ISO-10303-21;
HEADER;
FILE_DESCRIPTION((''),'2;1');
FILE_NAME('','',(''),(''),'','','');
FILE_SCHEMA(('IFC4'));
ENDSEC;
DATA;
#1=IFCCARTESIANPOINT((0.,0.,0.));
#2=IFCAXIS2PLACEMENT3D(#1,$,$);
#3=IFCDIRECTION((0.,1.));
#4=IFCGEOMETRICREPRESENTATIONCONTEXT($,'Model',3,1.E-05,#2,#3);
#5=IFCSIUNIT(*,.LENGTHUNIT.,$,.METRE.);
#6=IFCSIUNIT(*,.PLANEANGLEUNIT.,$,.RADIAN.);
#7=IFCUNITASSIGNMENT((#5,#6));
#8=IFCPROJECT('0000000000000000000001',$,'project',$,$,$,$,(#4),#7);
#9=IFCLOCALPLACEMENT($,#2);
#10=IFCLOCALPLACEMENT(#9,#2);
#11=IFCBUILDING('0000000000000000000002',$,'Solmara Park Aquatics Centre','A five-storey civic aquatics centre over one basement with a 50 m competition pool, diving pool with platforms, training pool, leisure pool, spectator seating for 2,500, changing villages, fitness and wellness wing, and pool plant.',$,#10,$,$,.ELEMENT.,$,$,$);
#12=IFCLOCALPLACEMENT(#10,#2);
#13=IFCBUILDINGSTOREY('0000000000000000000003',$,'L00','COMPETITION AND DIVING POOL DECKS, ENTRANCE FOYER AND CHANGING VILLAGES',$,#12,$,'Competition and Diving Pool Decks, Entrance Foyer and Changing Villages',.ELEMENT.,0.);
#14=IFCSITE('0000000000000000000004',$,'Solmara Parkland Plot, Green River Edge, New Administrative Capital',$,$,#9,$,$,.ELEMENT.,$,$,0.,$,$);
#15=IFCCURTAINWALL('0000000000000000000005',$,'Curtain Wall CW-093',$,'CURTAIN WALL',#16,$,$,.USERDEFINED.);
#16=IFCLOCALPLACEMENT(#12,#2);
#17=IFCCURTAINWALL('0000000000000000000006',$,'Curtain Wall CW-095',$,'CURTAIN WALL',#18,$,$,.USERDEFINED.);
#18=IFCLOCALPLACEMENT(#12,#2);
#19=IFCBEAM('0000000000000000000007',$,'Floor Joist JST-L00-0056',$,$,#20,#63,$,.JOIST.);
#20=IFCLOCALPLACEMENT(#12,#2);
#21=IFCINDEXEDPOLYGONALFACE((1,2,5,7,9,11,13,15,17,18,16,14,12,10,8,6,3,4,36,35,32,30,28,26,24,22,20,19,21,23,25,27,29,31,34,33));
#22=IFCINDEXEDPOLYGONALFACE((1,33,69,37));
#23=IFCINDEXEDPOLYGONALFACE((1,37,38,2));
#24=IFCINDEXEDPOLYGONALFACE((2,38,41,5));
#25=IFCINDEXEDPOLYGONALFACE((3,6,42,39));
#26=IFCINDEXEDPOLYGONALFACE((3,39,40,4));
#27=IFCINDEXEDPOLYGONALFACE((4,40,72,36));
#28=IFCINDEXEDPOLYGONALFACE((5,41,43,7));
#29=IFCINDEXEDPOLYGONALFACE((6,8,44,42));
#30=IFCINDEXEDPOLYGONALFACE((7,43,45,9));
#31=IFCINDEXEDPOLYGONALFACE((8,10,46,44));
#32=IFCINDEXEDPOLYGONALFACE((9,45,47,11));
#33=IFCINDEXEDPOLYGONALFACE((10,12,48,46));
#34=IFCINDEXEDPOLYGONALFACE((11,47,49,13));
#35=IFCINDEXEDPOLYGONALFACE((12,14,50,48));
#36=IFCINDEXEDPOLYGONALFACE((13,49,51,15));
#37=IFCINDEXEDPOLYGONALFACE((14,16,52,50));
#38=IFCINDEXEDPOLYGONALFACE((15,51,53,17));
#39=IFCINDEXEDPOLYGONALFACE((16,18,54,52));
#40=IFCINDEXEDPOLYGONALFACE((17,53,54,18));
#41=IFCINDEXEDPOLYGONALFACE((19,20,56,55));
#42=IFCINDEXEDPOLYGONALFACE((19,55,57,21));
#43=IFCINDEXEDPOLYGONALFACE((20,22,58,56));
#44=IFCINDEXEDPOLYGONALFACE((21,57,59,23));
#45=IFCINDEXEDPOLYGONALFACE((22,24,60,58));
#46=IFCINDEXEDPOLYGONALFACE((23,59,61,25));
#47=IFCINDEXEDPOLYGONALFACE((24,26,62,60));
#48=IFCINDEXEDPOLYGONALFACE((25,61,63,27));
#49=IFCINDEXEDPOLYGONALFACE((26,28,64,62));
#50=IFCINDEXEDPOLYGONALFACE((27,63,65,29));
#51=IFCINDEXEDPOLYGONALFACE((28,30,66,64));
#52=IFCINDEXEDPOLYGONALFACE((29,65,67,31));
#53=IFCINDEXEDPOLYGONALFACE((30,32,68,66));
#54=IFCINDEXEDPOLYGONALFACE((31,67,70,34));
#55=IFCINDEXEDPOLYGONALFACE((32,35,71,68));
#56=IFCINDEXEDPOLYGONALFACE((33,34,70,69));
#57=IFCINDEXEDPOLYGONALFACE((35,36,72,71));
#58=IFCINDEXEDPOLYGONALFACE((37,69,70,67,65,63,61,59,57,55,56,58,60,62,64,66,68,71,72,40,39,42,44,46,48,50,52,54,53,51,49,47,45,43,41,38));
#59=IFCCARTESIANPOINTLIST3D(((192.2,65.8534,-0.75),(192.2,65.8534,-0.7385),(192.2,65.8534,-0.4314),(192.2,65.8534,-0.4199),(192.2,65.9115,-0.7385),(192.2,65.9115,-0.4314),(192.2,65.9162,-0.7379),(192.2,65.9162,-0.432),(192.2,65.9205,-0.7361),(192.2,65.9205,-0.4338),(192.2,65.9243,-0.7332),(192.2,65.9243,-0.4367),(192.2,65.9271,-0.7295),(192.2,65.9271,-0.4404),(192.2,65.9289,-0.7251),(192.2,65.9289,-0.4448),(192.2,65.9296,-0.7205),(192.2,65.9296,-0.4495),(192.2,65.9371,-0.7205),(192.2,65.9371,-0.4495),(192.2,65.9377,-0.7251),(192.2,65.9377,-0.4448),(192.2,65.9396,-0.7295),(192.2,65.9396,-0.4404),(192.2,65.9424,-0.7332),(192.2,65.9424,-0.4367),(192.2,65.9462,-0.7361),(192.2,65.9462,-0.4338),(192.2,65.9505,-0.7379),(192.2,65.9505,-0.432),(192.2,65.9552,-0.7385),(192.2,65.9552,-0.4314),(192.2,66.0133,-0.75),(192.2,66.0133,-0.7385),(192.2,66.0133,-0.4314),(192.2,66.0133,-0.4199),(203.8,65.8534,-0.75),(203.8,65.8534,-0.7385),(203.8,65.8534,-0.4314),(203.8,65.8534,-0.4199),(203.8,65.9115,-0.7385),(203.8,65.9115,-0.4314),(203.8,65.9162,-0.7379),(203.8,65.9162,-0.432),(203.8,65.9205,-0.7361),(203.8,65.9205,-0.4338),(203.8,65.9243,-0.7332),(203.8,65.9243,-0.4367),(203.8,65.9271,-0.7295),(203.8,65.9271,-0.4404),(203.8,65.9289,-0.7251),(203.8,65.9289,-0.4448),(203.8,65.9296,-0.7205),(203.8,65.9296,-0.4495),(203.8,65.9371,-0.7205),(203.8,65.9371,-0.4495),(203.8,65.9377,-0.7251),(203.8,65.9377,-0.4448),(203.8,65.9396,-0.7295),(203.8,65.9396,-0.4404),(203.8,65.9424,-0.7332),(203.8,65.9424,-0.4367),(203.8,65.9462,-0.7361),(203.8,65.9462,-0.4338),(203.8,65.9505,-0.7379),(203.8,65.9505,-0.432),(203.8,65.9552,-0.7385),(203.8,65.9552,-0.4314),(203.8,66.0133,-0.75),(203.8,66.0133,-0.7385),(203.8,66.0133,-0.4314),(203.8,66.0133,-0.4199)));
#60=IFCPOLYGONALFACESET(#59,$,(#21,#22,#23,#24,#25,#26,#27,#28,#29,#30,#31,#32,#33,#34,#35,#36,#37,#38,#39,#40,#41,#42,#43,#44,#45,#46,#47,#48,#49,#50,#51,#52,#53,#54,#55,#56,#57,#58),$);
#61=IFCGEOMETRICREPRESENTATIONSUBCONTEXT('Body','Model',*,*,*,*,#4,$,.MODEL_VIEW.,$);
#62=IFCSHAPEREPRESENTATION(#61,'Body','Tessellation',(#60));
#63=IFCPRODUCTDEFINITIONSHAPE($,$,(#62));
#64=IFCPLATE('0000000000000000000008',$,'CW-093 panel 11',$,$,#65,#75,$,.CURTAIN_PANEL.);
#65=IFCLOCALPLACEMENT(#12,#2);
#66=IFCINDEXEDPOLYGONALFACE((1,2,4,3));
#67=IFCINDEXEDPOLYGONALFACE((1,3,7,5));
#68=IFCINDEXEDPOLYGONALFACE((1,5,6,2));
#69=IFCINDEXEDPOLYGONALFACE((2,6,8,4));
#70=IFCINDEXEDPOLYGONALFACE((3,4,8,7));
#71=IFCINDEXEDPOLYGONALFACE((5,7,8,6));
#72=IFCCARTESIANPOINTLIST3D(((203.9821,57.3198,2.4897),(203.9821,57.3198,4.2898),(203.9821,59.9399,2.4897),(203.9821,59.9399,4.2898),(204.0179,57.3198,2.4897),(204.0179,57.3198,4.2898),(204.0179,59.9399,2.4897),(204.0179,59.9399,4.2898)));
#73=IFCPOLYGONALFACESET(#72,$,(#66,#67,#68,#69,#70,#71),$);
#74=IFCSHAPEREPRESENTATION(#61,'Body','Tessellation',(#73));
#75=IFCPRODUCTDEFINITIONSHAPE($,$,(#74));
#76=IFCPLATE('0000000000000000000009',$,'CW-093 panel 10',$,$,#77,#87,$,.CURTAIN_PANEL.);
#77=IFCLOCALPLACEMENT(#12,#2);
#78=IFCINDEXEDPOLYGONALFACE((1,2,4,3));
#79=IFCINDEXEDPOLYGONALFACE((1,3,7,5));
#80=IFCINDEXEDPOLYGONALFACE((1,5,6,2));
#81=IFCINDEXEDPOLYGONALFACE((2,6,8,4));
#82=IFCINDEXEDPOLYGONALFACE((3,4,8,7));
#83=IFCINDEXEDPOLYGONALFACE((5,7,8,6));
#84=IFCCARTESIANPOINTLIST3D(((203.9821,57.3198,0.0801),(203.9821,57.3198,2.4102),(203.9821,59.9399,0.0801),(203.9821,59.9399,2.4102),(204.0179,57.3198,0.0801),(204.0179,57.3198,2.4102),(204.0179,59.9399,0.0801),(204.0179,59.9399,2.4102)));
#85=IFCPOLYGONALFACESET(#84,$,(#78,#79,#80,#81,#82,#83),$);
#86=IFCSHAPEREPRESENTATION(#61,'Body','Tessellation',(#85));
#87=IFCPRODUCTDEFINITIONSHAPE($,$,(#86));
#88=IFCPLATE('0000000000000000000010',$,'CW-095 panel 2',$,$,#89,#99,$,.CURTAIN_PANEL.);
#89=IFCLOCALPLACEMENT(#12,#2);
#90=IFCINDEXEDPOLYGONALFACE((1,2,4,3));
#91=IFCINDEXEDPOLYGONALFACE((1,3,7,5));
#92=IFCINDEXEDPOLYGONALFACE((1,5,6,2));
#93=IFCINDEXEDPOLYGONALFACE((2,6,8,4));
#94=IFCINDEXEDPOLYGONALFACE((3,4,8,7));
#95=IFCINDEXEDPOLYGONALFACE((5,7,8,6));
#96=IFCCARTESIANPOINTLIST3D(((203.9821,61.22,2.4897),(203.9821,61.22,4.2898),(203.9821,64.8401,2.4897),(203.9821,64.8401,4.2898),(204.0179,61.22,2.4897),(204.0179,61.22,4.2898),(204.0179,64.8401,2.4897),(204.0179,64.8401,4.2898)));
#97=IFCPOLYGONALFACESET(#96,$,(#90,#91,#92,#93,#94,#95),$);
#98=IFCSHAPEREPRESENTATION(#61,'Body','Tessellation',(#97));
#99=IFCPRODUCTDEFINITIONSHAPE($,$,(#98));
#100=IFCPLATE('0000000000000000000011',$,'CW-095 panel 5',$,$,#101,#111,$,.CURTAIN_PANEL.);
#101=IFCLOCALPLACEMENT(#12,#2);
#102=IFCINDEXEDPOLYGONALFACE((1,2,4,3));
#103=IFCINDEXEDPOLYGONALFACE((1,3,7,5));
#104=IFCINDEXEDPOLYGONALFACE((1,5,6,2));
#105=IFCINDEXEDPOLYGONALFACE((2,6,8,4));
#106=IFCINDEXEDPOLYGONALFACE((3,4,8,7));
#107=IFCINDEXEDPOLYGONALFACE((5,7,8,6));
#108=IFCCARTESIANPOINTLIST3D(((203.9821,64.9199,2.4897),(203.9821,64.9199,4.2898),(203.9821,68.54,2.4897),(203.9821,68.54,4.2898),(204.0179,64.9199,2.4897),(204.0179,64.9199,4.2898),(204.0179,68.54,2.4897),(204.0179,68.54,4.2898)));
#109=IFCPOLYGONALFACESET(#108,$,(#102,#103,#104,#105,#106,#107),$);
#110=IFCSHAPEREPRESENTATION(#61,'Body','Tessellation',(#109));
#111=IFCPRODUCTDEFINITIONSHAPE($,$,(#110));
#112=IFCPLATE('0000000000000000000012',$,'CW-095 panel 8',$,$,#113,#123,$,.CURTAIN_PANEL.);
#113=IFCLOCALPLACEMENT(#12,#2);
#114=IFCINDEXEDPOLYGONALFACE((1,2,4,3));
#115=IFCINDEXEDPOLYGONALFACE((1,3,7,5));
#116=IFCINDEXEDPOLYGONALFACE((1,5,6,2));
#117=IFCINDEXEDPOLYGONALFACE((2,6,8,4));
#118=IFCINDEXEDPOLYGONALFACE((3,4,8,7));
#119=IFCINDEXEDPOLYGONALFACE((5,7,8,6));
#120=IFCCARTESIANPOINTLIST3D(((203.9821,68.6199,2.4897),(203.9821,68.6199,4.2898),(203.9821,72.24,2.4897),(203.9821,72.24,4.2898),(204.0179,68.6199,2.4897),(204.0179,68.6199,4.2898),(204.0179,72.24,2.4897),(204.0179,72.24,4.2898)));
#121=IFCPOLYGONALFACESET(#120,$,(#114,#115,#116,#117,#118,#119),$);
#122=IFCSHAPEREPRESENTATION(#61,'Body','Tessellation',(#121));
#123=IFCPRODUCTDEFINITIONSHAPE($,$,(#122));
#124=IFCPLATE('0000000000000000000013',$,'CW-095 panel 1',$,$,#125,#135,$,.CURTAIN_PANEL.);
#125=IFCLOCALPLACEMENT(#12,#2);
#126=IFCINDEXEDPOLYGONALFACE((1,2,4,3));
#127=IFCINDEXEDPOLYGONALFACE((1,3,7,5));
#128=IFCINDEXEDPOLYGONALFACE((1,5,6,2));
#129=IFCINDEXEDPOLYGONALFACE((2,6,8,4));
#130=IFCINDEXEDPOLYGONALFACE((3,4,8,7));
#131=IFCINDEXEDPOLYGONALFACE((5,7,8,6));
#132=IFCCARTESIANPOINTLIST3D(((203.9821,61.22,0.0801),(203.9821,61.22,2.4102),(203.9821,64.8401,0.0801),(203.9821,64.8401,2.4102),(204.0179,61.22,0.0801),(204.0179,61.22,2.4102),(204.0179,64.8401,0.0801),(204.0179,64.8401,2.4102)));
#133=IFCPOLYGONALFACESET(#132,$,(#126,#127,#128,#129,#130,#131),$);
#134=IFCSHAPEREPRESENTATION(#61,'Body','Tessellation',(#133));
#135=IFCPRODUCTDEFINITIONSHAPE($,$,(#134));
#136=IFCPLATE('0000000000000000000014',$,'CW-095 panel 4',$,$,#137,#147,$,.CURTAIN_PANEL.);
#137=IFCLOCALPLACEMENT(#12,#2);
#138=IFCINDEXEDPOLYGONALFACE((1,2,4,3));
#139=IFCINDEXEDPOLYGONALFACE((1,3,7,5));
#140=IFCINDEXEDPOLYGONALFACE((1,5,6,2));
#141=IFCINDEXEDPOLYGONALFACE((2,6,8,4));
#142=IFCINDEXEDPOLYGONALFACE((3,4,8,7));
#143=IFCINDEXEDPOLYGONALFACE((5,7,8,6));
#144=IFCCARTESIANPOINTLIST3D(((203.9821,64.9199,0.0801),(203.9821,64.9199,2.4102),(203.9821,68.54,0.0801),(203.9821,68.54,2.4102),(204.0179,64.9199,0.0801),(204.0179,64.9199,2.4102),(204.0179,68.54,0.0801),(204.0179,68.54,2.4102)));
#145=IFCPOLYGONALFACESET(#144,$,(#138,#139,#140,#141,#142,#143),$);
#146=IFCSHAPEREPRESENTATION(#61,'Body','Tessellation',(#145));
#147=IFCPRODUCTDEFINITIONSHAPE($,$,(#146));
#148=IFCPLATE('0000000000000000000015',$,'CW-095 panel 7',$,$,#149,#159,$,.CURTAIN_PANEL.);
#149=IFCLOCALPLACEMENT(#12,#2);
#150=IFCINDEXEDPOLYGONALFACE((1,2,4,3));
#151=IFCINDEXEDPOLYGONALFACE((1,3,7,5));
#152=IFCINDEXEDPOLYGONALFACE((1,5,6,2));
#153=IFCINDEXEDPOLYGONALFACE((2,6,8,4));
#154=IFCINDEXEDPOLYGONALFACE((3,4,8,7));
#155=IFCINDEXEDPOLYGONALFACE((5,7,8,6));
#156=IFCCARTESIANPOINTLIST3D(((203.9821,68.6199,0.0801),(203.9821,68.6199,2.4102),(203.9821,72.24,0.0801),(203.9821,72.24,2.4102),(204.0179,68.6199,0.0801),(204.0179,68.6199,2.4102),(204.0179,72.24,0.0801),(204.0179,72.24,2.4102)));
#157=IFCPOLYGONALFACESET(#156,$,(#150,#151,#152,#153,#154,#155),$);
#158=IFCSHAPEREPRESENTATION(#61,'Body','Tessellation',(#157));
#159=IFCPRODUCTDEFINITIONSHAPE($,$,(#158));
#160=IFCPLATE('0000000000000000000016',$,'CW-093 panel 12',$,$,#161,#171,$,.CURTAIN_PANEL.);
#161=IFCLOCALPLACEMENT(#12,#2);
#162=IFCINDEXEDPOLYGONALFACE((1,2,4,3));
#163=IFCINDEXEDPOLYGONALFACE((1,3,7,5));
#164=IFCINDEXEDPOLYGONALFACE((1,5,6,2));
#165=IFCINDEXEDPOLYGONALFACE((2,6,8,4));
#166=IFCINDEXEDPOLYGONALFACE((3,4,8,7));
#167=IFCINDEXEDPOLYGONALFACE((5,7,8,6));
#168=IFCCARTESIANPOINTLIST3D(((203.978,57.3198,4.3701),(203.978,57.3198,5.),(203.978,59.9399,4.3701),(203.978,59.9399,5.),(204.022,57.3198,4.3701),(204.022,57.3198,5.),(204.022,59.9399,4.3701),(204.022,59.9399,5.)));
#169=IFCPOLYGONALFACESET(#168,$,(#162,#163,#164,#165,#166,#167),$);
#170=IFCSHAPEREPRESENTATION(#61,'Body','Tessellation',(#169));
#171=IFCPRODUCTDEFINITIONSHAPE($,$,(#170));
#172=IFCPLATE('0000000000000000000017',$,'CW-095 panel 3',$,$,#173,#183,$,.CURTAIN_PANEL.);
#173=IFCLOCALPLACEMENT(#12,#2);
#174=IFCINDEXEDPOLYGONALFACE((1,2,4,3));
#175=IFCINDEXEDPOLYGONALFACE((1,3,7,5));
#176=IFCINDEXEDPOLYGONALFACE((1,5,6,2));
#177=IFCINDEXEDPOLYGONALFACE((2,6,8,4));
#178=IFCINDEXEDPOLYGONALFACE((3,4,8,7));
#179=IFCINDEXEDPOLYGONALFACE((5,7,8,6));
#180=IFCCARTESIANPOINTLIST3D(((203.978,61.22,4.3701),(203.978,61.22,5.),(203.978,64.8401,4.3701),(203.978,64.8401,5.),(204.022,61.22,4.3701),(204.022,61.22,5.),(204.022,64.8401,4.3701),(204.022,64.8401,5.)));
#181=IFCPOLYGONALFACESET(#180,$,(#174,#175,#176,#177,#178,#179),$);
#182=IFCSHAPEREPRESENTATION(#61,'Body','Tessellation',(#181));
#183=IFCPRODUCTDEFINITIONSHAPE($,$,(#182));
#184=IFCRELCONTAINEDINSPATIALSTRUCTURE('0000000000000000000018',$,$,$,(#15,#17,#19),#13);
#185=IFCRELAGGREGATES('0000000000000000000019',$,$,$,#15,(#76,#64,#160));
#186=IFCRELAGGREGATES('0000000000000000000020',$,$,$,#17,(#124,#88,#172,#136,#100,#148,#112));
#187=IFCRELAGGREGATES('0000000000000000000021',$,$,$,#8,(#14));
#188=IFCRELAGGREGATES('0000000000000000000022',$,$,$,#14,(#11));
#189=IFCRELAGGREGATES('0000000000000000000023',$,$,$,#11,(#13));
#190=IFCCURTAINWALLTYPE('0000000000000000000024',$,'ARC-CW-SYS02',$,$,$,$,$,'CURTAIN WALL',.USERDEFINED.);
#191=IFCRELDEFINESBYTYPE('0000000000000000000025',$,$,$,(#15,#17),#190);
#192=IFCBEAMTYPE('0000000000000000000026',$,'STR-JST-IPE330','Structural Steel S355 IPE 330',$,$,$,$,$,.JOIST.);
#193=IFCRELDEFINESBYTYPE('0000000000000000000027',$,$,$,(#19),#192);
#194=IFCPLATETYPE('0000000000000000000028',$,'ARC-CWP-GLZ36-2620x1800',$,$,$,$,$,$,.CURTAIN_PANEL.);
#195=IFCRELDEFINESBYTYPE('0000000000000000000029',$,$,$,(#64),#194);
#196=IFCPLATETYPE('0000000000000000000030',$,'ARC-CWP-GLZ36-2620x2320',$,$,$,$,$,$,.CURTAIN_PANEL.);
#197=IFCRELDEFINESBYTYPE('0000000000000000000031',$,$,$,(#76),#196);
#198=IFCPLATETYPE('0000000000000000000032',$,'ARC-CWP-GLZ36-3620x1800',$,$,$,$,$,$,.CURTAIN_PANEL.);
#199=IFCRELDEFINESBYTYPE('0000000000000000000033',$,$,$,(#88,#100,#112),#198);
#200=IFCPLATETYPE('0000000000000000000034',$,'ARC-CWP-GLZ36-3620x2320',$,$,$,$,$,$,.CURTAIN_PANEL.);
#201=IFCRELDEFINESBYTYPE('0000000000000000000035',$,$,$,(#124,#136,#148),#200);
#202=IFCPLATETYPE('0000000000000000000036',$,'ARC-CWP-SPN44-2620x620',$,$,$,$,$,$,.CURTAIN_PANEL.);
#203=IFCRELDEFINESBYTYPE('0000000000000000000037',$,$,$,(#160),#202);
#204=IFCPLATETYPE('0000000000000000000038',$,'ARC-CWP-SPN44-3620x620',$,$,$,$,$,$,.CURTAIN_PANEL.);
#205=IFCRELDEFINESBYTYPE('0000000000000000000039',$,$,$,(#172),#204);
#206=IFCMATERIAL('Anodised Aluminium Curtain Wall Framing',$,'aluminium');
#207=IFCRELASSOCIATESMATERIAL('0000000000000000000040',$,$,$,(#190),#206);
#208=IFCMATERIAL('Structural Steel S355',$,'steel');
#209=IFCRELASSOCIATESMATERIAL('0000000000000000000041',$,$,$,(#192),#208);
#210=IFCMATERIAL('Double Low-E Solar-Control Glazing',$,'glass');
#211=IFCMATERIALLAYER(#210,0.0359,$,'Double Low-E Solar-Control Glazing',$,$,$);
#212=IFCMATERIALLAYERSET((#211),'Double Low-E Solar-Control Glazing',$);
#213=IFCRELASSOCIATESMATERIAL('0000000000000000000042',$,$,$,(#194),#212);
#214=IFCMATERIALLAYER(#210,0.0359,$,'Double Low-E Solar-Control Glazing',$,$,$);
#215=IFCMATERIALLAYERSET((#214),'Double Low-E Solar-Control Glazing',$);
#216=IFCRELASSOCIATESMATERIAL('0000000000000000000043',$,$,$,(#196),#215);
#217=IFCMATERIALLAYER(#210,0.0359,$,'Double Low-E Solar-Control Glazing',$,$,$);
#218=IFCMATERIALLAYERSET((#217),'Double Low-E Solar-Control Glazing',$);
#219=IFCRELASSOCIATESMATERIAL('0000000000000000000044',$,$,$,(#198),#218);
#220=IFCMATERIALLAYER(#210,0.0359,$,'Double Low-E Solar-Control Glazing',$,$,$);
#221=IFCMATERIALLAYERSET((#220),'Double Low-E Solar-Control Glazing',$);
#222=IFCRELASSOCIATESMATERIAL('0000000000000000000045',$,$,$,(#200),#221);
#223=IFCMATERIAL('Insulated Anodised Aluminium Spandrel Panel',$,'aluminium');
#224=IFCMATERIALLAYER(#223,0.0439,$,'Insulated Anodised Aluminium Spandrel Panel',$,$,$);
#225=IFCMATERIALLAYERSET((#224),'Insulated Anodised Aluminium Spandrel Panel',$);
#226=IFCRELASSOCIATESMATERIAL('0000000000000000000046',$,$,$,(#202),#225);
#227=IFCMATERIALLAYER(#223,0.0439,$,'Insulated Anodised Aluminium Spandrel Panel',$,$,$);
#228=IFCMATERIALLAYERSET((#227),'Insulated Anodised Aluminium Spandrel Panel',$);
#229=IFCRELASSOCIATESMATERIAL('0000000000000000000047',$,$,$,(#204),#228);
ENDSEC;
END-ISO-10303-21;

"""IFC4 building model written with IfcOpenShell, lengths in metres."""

from ifc_helpers import new_model, si_unit, direction, frame, origin, origin_2d, place, context, subcontext, project, spatial, rectangle, i_section, extrude, material, layer, layer_set, material_profile, profile_set, type_object, element, aggregate, save


model = new_model("IFC4")

# Units and contexts
model_context = context("Model", 3, precision=1e-05, world=origin(), true_north=direction((0.0, 1.0)))
body_context = subcontext(model_context, "Body", "Model", "MODEL_VIEW")
ifc_project = project(units=[si_unit("LENGTHUNIT", "METRE"), si_unit("PLANEANGLEUNIT", "RADIAN")], contexts=[model_context])

# Site, building, storey
site_placement = place(None, origin())
site = spatial("IfcSite", under=ifc_project, at=site_placement, Name="Solmara Parkland Plot, Green River Edge, New Administrative Capital", CompositionType="ELEMENT", RefElevation=0.0)
building_placement = place(site_placement, origin())
building = spatial("IfcBuilding", under=site, at=building_placement, Name="Solmara Park Aquatics Centre", Description="A five-storey civic aquatics centre over one basement with a 50 m competition pool, diving pool with platforms, training pool, leisure pool, spectator seating for 2,500, changing villages, fitness and wellness wing, and pool plant.", CompositionType="ELEMENT")
storey_placement = place(building_placement, origin())
storey = spatial("IfcBuildingStorey", under=building, at=storey_placement, Name="L00", Description="COMPETITION AND DIVING POOL DECKS, ENTRANCE FOYER AND CHANGING VILLAGES", LongName="Competition and Diving Pool Decks, Entrance Foyer and Changing Villages", CompositionType="ELEMENT", Elevation=0.0)

# Curtain wall
ifc_material_1 = material(Name="Anodised Aluminium Curtain Wall Framing", Category="aluminium")
curtain_wall_type = type_object("IfcCurtainWallType", Name="ARC-CW-SYS02", ElementType="CURTAIN WALL", PredefinedType="USERDEFINED", material=ifc_material_1)
curtain_wall_1_placement = place(storey_placement, origin())
curtain_wall_1 = element("IfcCurtainWall", 1, at=curtain_wall_1_placement, inside=storey, type_object=curtain_wall_type, Name="Curtain Wall CW-093", ObjectType="CURTAIN WALL", PredefinedType="USERDEFINED")

# Curtain wall
curtain_wall_2_placement = place(storey_placement, origin())
curtain_wall_2 = element("IfcCurtainWall", 2, at=curtain_wall_2_placement, inside=storey, type_object=curtain_wall_type, Name="Curtain Wall CW-095", ObjectType="CURTAIN WALL", PredefinedType="USERDEFINED")

# Beam
ifc_material_2 = material(Name="Structural Steel S355", Category="steel")
ifc_material_profile_1 = material_profile(ifc_material_2, i_section(OverallWidth=0.1599, OverallDepth=0.3301, WebThickness=0.0076, FlangeThickness=0.0115, FilletRadius=0.0181, at=origin_2d()), Name="IPE 330")
ifc_profile_set_1 = profile_set([ifc_material_profile_1], Name="Structural Steel S355")
beam_type_1 = type_object("IfcBeamType", Name="STR-JST-IPE330", Description="Structural Steel S355 IPE 330", PredefinedType="JOIST", material=ifc_profile_set_1)
beam_1_placement = place(storey_placement, frame((192.2, 65.9333, -0.585), z_axis=(1.0, 0.0, 0.0), x_axis=(0.0, 1.0, 0.0)))
element("IfcBeam", 3, at=beam_1_placement, inside=storey, type_object=beam_type_1, Name="Floor Joist JST-L00-0056", PredefinedType="JOIST", context=body_context, shape_type="SweptSolid", body=[
    extrude(i_section(OverallWidth=0.1599, OverallDepth=0.3301, WebThickness=0.0076, FlangeThickness=0.0115, FilletRadius=0.0181, at=origin_2d()), origin(), (0.0, 0.0, 1.0), 11.6001),
])

# Plates
ifc_material_3 = material(Name="Double Low-E Solar-Control Glazing", Category="glass")
ifc_layer_1 = layer(ifc_material_3, 0.0359, Name="Double Low-E Solar-Control Glazing")
ifc_layer_set_1 = layer_set([ifc_layer_1], Name="Double Low-E Solar-Control Glazing")
plate_type_1 = type_object("IfcPlateType", Name="ARC-CWP-GLZ36-2620x1800", PredefinedType="CURTAIN_PANEL", material=ifc_layer_set_1)
plate_1_placement = place(storey_placement, frame((204.0, 58.6299, 2.4897), z_axis=(0.0, 0.0, 1.0), x_axis=(0.0, 1.0, 0.0)))
plate_1 = element("IfcPlate", 4, at=plate_1_placement, type_object=plate_type_1, Name="CW-093 panel 11", PredefinedType="CURTAIN_PANEL", context=body_context, shape_type="SweptSolid", body=[
    extrude(rectangle(XDim=2.6201, YDim=0.0359, at=origin_2d()), origin(), (0.0, 0.0, 1.0), 1.8),
])
ifc_layer_2 = layer(ifc_material_3, 0.0359, Name="Double Low-E Solar-Control Glazing")
ifc_layer_set_2 = layer_set([ifc_layer_2], Name="Double Low-E Solar-Control Glazing")
plate_type_2 = type_object("IfcPlateType", Name="ARC-CWP-GLZ36-2620x2320", PredefinedType="CURTAIN_PANEL", material=ifc_layer_set_2)
plate_2_placement = place(storey_placement, frame((204.0, 58.6299, 0.0801), z_axis=(0.0, 0.0, 1.0), x_axis=(0.0, 1.0, 0.0)))
plate_2 = element("IfcPlate", 5, at=plate_2_placement, type_object=plate_type_2, Name="CW-093 panel 10", PredefinedType="CURTAIN_PANEL", context=body_context, shape_type="SweptSolid", body=[
    extrude(rectangle(XDim=2.6201, YDim=0.0359, at=origin_2d()), origin(), (0.0, 0.0, 1.0), 2.3301),
])
ifc_layer_3 = layer(ifc_material_3, 0.0359, Name="Double Low-E Solar-Control Glazing")
ifc_layer_set_3 = layer_set([ifc_layer_3], Name="Double Low-E Solar-Control Glazing")
plate_type_3 = type_object("IfcPlateType", Name="ARC-CWP-GLZ36-3620x1800", PredefinedType="CURTAIN_PANEL", material=ifc_layer_set_3)
plate_3_placement = place(storey_placement, frame((204.0, 63.03, 2.4897), z_axis=(0.0, 0.0, 1.0), x_axis=(0.0, 1.0, 0.0)))
plate_3 = element("IfcPlate", 6, at=plate_3_placement, type_object=plate_type_3, Name="CW-095 panel 2", PredefinedType="CURTAIN_PANEL", context=body_context, shape_type="SweptSolid", body=[
    extrude(rectangle(XDim=3.6201, YDim=0.0359, at=origin_2d()), origin(), (0.0, 0.0, 1.0), 1.8),
])
plate_4_placement = place(storey_placement, frame((204.0, 66.73, 2.4897), z_axis=(0.0, 0.0, 1.0), x_axis=(0.0, 1.0, 0.0)))
plate_4 = element("IfcPlate", 7, at=plate_4_placement, type_object=plate_type_3, Name="CW-095 panel 5", PredefinedType="CURTAIN_PANEL", context=body_context, shape_type="SweptSolid", body=[
    extrude(rectangle(XDim=3.6201, YDim=0.0359, at=origin_2d()), origin(), (0.0, 0.0, 1.0), 1.8),
])
plate_5_placement = place(storey_placement, frame((204.0, 70.4299, 2.4897), z_axis=(0.0, 0.0, 1.0), x_axis=(0.0, 1.0, 0.0)))
plate_5 = element("IfcPlate", 8, at=plate_5_placement, type_object=plate_type_3, Name="CW-095 panel 8", PredefinedType="CURTAIN_PANEL", context=body_context, shape_type="SweptSolid", body=[
    extrude(rectangle(XDim=3.6201, YDim=0.0359, at=origin_2d()), origin(), (0.0, 0.0, 1.0), 1.8),
])
ifc_layer_4 = layer(ifc_material_3, 0.0359, Name="Double Low-E Solar-Control Glazing")
ifc_layer_set_4 = layer_set([ifc_layer_4], Name="Double Low-E Solar-Control Glazing")
plate_type_4 = type_object("IfcPlateType", Name="ARC-CWP-GLZ36-3620x2320", PredefinedType="CURTAIN_PANEL", material=ifc_layer_set_4)
plate_6_placement = place(storey_placement, frame((204.0, 63.03, 0.0801), z_axis=(0.0, 0.0, 1.0), x_axis=(0.0, 1.0, 0.0)))
plate_6 = element("IfcPlate", 9, at=plate_6_placement, type_object=plate_type_4, Name="CW-095 panel 1", PredefinedType="CURTAIN_PANEL", context=body_context, shape_type="SweptSolid", body=[
    extrude(rectangle(XDim=3.6201, YDim=0.0359, at=origin_2d()), origin(), (0.0, 0.0, 1.0), 2.3301),
])
plate_7_placement = place(storey_placement, frame((204.0, 66.73, 0.0801), z_axis=(0.0, 0.0, 1.0), x_axis=(0.0, 1.0, 0.0)))
plate_7 = element("IfcPlate", 10, at=plate_7_placement, type_object=plate_type_4, Name="CW-095 panel 4", PredefinedType="CURTAIN_PANEL", context=body_context, shape_type="SweptSolid", body=[
    extrude(rectangle(XDim=3.6201, YDim=0.0359, at=origin_2d()), origin(), (0.0, 0.0, 1.0), 2.3301),
])
plate_8_placement = place(storey_placement, frame((204.0, 70.4299, 0.0801), z_axis=(0.0, 0.0, 1.0), x_axis=(0.0, 1.0, 0.0)))
plate_8 = element("IfcPlate", 11, at=plate_8_placement, type_object=plate_type_4, Name="CW-095 panel 7", PredefinedType="CURTAIN_PANEL", context=body_context, shape_type="SweptSolid", body=[
    extrude(rectangle(XDim=3.6201, YDim=0.0359, at=origin_2d()), origin(), (0.0, 0.0, 1.0), 2.3301),
])
ifc_material_4 = material(Name="Insulated Anodised Aluminium Spandrel Panel", Category="aluminium")
ifc_layer_5 = layer(ifc_material_4, 0.0439, Name="Insulated Anodised Aluminium Spandrel Panel")
ifc_layer_set_5 = layer_set([ifc_layer_5], Name="Insulated Anodised Aluminium Spandrel Panel")
plate_type_5 = type_object("IfcPlateType", Name="ARC-CWP-SPN44-2620x620", PredefinedType="CURTAIN_PANEL", material=ifc_layer_set_5)
plate_9_placement = place(storey_placement, frame((204.0, 58.6299, 4.3701), z_axis=(0.0, 0.0, 1.0), x_axis=(0.0, 1.0, 0.0)))
plate_9 = element("IfcPlate", 12, at=plate_9_placement, type_object=plate_type_5, Name="CW-093 panel 12", PredefinedType="CURTAIN_PANEL", context=body_context, shape_type="SweptSolid", body=[
    extrude(rectangle(XDim=2.6201, YDim=0.0439, at=origin_2d()), origin(), (0.0, 0.0, 1.0), 0.6299),
])
aggregate(curtain_wall_1, [plate_2, plate_1, plate_9])
ifc_layer_6 = layer(ifc_material_4, 0.0439, Name="Insulated Anodised Aluminium Spandrel Panel")
ifc_layer_set_6 = layer_set([ifc_layer_6], Name="Insulated Anodised Aluminium Spandrel Panel")
plate_type_6 = type_object("IfcPlateType", Name="ARC-CWP-SPN44-3620x620", PredefinedType="CURTAIN_PANEL", material=ifc_layer_set_6)
plate_10_placement = place(storey_placement, frame((204.0, 63.03, 4.3701), z_axis=(0.0, 0.0, 1.0), x_axis=(0.0, 1.0, 0.0)))
plate_10 = element("IfcPlate", 13, at=plate_10_placement, type_object=plate_type_6, Name="CW-095 panel 3", PredefinedType="CURTAIN_PANEL", context=body_context, shape_type="SweptSolid", body=[
    extrude(rectangle(XDim=3.6201, YDim=0.0439, at=origin_2d()), origin(), (0.0, 0.0, 1.0), 0.6299),
])
aggregate(curtain_wall_2, [plate_6, plate_3, plate_10, plate_7, plate_4, plate_8, plate_5])

save(model, "model.ifc")
